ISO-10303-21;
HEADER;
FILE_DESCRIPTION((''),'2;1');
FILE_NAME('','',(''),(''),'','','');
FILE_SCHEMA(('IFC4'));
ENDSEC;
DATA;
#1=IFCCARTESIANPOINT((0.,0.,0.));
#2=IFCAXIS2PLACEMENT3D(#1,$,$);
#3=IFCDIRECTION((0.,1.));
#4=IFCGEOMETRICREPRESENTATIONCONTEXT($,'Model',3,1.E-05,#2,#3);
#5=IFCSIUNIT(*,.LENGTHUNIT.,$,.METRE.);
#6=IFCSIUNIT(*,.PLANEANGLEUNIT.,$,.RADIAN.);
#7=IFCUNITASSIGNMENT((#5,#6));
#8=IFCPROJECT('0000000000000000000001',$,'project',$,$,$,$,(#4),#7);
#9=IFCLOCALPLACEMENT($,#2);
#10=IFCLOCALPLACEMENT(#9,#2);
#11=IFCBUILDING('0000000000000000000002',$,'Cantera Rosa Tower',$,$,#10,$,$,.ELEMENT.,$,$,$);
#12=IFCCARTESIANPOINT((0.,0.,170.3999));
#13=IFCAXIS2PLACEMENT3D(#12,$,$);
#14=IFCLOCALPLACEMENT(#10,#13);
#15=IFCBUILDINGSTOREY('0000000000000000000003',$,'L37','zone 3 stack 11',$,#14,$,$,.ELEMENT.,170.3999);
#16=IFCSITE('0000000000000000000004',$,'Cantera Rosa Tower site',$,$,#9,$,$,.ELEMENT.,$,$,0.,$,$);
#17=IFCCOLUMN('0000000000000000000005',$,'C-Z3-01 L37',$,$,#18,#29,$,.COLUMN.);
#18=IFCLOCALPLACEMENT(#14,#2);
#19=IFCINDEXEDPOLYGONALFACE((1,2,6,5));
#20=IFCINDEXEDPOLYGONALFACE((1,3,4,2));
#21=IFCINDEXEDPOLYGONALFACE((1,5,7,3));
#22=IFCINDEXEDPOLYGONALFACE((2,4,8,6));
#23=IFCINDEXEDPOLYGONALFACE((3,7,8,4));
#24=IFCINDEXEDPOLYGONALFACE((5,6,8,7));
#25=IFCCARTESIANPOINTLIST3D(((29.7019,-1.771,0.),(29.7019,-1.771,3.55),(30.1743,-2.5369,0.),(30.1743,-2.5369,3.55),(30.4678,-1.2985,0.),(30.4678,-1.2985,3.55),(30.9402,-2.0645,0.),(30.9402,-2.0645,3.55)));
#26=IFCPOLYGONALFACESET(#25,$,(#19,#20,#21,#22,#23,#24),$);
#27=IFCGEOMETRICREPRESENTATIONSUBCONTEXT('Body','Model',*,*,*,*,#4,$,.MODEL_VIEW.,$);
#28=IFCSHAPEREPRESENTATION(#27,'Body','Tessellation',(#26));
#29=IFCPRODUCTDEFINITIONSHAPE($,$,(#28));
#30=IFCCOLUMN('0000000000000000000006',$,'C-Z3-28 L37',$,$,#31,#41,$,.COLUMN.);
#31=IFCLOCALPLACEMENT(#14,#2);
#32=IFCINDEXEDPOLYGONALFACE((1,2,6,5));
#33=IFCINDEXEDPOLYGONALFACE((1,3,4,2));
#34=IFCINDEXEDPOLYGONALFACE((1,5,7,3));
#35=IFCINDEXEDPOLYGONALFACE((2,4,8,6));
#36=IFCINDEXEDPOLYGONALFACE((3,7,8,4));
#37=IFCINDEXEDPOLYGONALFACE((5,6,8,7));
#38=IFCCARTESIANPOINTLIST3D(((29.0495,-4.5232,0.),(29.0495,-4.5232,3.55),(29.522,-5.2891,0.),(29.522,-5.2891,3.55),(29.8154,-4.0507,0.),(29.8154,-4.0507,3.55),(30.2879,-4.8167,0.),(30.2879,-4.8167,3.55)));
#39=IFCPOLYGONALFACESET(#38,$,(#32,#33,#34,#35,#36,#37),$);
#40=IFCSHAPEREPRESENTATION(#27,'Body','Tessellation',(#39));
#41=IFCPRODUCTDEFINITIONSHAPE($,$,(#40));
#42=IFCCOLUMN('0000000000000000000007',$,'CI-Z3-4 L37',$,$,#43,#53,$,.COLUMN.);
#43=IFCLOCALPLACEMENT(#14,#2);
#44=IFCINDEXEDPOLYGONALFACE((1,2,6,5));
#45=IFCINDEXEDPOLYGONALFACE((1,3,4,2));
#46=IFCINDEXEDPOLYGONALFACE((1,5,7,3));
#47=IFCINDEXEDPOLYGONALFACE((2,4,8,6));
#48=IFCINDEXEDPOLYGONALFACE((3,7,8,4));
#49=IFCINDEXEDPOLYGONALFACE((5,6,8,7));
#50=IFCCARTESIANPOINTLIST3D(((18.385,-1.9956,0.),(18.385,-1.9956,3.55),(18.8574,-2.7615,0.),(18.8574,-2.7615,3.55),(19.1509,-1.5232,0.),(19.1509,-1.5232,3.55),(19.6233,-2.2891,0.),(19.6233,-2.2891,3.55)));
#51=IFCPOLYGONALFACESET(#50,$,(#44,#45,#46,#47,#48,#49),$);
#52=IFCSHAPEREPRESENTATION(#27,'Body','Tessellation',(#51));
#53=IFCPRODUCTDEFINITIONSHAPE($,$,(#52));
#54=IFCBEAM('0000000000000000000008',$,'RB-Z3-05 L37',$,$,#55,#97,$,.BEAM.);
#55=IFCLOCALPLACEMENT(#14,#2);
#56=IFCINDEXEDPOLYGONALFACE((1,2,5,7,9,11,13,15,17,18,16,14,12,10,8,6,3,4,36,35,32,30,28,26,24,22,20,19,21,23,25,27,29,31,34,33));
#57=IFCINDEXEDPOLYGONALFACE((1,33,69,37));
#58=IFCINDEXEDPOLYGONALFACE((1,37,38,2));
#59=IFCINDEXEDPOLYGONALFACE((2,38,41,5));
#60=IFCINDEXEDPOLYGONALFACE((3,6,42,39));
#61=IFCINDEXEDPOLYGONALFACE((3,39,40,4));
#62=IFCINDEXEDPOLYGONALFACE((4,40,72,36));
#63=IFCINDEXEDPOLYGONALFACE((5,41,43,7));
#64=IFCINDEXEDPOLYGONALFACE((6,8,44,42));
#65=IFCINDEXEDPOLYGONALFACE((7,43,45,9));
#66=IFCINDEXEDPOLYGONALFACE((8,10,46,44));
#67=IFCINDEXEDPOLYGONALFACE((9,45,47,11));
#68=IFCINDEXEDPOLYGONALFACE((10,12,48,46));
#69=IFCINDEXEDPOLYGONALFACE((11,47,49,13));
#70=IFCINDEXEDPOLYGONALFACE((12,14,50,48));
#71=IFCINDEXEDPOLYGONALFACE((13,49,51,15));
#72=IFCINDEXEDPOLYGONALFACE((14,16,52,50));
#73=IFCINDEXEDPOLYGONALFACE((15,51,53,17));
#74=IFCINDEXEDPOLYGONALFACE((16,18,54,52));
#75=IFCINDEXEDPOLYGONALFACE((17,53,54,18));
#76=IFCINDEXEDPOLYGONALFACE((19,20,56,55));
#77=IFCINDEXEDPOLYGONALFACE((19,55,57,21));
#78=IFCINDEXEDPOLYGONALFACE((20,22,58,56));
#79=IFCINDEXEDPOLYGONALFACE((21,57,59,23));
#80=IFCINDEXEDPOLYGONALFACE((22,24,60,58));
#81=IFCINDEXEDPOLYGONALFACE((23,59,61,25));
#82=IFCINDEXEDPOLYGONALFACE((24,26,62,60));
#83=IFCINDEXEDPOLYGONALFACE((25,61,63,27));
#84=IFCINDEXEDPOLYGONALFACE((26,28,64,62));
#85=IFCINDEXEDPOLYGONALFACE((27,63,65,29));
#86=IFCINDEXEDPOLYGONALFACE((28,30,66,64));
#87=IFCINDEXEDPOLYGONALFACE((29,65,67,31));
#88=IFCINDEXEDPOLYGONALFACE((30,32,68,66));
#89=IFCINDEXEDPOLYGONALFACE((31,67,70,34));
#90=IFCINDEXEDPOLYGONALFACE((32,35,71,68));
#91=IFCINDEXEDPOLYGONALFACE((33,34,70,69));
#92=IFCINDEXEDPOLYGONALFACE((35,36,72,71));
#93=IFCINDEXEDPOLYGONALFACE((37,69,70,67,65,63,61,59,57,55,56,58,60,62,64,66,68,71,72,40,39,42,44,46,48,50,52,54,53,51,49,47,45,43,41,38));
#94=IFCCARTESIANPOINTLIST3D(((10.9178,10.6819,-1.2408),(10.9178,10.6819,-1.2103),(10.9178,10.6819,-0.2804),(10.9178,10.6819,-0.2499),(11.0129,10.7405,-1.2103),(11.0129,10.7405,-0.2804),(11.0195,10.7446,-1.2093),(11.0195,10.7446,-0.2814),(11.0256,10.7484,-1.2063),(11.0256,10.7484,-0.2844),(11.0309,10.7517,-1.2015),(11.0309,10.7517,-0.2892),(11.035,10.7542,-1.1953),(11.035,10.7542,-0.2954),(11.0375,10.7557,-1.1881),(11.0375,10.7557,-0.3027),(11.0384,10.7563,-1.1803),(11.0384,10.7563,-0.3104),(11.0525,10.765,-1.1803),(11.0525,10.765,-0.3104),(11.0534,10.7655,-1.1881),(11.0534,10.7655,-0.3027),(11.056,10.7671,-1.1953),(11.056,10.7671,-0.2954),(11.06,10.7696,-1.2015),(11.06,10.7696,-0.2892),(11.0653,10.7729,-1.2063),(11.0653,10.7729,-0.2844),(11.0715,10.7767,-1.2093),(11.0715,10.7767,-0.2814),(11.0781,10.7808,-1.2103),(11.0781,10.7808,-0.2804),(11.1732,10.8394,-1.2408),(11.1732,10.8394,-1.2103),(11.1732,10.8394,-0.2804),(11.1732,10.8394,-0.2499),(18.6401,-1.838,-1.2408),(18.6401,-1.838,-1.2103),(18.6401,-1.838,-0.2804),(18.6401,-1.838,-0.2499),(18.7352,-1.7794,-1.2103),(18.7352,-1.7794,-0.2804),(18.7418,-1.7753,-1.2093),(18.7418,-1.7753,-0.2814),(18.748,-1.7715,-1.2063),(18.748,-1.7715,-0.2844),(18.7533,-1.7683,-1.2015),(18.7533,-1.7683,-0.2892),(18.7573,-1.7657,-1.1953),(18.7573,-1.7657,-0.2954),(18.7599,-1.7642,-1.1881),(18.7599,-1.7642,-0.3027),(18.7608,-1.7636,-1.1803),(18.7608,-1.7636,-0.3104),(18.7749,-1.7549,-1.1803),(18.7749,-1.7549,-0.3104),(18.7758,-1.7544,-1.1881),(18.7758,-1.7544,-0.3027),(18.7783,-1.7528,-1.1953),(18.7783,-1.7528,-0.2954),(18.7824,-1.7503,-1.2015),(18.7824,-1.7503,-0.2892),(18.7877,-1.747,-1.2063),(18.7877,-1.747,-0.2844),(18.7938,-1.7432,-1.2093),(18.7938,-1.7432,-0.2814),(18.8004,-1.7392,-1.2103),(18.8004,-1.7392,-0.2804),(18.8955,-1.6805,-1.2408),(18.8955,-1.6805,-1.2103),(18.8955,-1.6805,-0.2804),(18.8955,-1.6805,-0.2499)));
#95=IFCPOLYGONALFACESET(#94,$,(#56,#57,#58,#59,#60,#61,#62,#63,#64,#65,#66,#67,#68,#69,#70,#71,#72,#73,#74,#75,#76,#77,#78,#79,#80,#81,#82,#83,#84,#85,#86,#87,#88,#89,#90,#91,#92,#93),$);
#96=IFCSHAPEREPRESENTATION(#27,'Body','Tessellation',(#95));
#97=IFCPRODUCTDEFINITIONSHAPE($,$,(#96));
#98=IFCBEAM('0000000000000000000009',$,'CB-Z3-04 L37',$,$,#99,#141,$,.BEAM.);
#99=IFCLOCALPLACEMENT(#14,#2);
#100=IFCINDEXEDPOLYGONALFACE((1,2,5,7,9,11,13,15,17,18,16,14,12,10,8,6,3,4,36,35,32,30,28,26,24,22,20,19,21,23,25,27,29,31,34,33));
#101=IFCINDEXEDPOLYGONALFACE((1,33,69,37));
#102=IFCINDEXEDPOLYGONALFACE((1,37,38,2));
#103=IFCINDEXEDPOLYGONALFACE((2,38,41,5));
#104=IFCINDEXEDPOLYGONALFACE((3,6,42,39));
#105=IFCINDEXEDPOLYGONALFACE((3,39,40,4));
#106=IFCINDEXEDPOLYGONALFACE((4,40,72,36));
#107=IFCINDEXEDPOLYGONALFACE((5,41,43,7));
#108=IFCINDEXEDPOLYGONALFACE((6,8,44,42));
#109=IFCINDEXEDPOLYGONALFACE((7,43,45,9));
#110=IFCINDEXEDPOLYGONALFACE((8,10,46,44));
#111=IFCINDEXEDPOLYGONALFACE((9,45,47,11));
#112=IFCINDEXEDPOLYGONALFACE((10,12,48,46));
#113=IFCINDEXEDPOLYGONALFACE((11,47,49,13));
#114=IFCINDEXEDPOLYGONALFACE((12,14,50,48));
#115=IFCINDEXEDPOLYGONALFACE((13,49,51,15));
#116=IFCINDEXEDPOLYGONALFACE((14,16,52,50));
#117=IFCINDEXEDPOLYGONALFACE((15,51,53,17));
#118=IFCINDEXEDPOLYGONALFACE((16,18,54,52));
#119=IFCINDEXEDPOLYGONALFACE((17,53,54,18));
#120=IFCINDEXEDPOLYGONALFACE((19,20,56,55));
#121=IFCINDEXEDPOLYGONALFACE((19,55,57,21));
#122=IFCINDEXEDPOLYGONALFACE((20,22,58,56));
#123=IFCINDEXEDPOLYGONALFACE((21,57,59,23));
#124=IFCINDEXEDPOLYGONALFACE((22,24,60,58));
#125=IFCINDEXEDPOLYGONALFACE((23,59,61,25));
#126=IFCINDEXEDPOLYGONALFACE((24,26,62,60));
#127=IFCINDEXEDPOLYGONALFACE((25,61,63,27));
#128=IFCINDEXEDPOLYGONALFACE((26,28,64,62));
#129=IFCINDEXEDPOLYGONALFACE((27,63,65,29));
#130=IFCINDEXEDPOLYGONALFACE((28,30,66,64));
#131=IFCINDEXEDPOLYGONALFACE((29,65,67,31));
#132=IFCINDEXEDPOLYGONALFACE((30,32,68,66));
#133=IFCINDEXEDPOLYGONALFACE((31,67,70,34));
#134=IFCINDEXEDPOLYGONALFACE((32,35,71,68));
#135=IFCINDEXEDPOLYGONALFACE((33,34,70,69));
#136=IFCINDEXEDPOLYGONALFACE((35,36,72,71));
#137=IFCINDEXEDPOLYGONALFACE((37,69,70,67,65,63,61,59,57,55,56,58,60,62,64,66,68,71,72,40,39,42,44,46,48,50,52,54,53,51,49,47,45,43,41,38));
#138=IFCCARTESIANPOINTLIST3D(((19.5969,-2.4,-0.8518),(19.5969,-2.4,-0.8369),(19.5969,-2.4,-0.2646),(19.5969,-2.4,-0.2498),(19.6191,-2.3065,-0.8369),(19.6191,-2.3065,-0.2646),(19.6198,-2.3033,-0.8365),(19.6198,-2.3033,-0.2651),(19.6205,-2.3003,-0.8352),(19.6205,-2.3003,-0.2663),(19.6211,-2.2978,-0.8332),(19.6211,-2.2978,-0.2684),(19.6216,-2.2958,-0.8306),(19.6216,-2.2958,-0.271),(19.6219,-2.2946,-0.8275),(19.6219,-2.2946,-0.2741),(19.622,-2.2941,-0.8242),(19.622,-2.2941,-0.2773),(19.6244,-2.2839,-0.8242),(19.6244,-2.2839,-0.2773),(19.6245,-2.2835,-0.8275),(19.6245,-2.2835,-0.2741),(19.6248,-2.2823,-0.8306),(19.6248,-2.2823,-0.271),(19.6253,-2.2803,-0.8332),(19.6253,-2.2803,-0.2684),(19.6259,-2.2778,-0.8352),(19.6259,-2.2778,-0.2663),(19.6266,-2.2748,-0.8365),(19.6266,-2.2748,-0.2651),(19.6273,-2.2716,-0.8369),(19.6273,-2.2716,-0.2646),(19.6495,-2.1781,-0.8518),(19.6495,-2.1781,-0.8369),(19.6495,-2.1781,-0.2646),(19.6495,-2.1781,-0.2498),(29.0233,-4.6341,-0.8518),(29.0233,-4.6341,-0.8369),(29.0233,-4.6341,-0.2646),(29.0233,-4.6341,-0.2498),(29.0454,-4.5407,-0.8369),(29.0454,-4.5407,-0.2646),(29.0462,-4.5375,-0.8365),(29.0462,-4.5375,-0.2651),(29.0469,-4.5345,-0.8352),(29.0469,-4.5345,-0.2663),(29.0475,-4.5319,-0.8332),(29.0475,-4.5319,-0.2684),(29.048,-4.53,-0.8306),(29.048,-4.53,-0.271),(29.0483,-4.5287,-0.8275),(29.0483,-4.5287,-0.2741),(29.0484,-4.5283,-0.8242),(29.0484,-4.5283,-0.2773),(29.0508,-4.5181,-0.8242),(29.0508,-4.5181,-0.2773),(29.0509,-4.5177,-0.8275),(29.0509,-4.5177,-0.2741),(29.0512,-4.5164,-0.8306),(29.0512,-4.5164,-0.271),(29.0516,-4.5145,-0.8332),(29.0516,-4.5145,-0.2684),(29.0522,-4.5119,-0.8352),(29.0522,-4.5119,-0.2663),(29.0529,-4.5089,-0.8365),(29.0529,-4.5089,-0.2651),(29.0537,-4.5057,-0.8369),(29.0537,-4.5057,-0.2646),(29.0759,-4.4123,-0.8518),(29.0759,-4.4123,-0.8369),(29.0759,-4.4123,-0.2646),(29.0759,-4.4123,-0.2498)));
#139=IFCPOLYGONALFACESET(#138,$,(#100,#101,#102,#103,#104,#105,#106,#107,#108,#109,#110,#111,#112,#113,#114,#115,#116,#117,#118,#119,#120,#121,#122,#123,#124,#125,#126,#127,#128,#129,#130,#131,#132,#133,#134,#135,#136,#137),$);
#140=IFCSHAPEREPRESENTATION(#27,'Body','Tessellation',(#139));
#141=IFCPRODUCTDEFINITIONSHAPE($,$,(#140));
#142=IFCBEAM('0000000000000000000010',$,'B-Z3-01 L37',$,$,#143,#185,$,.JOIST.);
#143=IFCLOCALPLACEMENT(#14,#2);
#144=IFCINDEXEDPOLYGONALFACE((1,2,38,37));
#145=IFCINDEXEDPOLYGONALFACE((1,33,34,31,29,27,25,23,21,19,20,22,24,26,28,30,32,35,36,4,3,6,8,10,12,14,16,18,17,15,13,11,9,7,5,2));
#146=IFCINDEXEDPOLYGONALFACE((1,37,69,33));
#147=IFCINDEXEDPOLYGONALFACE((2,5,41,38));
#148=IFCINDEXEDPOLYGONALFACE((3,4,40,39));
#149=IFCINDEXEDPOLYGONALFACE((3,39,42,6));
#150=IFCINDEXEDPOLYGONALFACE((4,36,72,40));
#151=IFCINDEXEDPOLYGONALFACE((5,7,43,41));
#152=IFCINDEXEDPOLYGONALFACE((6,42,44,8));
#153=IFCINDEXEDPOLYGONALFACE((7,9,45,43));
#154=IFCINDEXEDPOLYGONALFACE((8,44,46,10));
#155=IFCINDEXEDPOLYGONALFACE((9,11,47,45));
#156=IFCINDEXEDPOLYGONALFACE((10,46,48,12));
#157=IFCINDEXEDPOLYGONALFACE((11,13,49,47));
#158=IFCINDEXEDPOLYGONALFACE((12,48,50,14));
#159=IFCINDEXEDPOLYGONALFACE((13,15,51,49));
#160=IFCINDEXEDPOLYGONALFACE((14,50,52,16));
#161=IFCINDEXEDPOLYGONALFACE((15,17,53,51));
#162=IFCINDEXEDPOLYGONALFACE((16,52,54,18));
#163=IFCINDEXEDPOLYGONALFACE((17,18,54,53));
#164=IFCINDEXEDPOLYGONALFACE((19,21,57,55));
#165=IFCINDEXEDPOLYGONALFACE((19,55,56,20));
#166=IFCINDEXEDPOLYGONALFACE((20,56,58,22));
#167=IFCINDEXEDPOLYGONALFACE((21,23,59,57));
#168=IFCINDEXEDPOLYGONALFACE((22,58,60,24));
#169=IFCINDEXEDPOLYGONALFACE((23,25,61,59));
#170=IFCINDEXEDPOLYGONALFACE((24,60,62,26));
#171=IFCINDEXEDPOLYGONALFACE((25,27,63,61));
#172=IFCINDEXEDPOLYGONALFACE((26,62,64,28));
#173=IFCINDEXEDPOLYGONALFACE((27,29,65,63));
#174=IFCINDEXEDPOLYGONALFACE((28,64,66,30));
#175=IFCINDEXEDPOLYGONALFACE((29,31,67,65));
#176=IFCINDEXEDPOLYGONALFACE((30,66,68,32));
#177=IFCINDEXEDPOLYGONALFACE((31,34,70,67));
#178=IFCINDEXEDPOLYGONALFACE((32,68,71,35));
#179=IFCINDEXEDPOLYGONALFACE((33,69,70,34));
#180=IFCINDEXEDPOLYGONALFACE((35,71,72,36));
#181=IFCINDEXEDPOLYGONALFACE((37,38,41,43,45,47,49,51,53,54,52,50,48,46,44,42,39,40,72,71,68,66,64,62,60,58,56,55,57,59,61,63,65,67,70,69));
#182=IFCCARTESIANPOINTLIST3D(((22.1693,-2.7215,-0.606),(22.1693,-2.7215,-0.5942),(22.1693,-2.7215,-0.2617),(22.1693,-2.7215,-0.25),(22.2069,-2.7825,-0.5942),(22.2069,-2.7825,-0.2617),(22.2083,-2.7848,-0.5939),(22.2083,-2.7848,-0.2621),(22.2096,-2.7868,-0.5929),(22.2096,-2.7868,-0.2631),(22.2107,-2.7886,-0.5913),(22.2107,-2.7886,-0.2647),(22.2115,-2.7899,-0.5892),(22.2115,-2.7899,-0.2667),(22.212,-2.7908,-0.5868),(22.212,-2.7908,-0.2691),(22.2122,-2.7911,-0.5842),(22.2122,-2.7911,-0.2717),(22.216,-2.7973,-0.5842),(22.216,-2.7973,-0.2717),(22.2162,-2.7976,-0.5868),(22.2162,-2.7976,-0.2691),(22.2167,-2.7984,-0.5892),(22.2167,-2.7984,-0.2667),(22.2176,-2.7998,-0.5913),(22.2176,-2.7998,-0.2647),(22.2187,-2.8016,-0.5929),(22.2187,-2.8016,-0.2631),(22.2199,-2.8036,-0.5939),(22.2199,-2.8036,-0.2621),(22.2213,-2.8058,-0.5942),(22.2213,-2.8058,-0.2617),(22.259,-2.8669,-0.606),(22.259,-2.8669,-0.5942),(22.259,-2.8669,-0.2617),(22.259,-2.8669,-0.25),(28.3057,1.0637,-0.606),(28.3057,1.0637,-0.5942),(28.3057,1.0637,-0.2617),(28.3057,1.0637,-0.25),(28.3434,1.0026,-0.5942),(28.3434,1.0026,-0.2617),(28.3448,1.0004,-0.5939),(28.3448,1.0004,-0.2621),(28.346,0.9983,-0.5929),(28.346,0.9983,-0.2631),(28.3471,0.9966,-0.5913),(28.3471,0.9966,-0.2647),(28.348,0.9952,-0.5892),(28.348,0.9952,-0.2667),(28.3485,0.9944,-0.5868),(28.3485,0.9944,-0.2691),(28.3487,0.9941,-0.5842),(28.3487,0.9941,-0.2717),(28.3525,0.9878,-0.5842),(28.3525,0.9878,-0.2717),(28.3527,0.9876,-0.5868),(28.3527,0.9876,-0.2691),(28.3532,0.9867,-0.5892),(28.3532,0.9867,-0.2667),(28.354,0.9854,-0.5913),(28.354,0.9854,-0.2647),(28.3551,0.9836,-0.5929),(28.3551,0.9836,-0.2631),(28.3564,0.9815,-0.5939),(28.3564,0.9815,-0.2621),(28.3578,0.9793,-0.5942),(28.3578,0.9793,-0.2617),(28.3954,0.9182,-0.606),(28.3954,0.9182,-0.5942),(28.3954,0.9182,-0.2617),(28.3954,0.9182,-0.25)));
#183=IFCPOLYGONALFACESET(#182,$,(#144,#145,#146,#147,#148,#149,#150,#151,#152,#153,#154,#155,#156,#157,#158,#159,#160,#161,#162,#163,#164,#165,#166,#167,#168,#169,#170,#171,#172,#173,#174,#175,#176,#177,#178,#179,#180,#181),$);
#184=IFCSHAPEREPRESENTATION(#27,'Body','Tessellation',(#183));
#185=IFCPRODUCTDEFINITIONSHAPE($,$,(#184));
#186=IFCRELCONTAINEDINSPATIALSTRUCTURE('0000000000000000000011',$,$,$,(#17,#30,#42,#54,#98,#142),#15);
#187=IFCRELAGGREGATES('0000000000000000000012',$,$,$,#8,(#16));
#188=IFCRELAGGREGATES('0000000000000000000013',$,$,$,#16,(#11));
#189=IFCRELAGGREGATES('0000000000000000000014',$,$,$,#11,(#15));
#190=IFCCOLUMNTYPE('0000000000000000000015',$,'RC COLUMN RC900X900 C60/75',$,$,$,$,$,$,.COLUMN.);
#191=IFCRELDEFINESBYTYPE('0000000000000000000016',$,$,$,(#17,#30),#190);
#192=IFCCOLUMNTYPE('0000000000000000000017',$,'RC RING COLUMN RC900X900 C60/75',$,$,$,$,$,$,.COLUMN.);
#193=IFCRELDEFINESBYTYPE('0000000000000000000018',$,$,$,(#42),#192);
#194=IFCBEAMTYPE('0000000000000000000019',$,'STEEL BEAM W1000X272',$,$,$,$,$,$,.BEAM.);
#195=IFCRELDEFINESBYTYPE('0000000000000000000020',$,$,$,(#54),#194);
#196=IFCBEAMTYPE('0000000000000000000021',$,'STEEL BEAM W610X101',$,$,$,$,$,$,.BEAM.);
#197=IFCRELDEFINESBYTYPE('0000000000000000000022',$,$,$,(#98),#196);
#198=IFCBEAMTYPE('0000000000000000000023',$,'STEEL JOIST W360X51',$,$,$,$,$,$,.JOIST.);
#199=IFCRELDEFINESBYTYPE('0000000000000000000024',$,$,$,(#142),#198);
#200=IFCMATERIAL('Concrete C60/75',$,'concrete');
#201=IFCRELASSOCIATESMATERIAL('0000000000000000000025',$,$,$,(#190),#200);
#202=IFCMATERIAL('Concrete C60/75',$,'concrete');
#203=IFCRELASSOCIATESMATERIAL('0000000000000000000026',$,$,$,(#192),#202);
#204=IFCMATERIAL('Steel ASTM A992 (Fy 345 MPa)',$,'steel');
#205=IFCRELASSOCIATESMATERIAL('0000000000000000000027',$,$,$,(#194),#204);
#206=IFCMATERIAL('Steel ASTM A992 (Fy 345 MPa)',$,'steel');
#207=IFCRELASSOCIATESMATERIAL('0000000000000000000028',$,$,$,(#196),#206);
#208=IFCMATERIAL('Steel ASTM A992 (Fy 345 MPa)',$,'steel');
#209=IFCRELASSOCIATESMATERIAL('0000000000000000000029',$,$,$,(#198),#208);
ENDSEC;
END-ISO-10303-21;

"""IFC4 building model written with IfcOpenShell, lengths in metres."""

from ifc_helpers import new_model, si_unit, direction, frame, origin, origin_2d, place, context, subcontext, project, spatial, rectangle, i_section, extrude, material, material_profile, profile_set, type_object, element, save


model = new_model("IFC4")

# Units and contexts
model_context = context("Model", 3, precision=1e-05, world=origin(), true_north=direction((0.0, 1.0)))
body_context = subcontext(model_context, "Body", "Model", "MODEL_VIEW")
ifc_project = project(units=[si_unit("LENGTHUNIT", "METRE"), si_unit("PLANEANGLEUNIT", "RADIAN")], contexts=[model_context])

# Site, building, storey
site_placement = place(None, origin())
site = spatial("IfcSite", under=ifc_project, at=site_placement, Name="Cantera Rosa Tower site", CompositionType="ELEMENT", RefElevation=0.0)
building_placement = place(site_placement, origin())
building = spatial("IfcBuilding", under=site, at=building_placement, Name="Cantera Rosa Tower", CompositionType="ELEMENT")
storey_placement = place(building_placement, frame((0.0, 0.0, 170.3999)))
storey = spatial("IfcBuildingStorey", under=building, at=storey_placement, Name="L37", Description="zone 3 stack 11", CompositionType="ELEMENT", Elevation=170.3999)

# Columns
ifc_material_1 = material(Name="Concrete C60/75", Category="concrete")
ifc_material_profile_1 = material_profile(ifc_material_1, rectangle(XDim=0.8999, YDim=0.8999, at=origin_2d()), Name="RC COLUMN RC900X900 C60/75")
ifc_profile_set_1 = profile_set([ifc_material_profile_1], Name="Concrete C60/75")
column_type_1 = type_object("IfcColumnType", Name="RC COLUMN RC900X900 C60/75", PredefinedType="COLUMN", material=ifc_profile_set_1)
for number, where, z_axis, x_axis, name in (
    (1, (30.321, -1.9177, 0.0), (0.0, 0.0, 1.0), (0.851117, 0.524977, 0.0), "C-Z3-01 L37"),
    (2, (29.6687, -4.6699, 0.0), (0.0, 0.0, 1.0), (0.851117, 0.524977, 0.0), "C-Z3-28 L37"),
):
    element("IfcColumn", number, at=place(storey_placement, frame(where, z_axis=z_axis, x_axis=x_axis)), inside=storey, type_object=column_type_1, Name=name, PredefinedType="COLUMN", context=body_context, shape_type="SweptSolid", body=[
        extrude(rectangle(XDim=0.8999, YDim=0.8999, at=origin_2d()), origin(), (0.0, 0.0, 1.0), 3.55),
    ])
ifc_material_2 = material(Name="Concrete C60/75", Category="concrete")
ifc_material_profile_2 = material_profile(ifc_material_2, rectangle(XDim=0.8999, YDim=0.8999, at=origin_2d()), Name="RC RING COLUMN RC900X900 C60/75")
ifc_profile_set_2 = profile_set([ifc_material_profile_2], Name="Concrete C60/75")
column_type_2 = type_object("IfcColumnType", Name="RC RING COLUMN RC900X900 C60/75", PredefinedType="COLUMN", material=ifc_profile_set_2)
column_placement = place(storey_placement, frame((19.0042, -2.1423, 0.0), z_axis=(0.0, 0.0, 1.0), x_axis=(0.851117, 0.524977, 0.0)))
element("IfcColumn", 3, at=column_placement, inside=storey, type_object=column_type_2, Name="CI-Z3-4 L37", PredefinedType="COLUMN", context=body_context, shape_type="SweptSolid", body=[
    extrude(rectangle(XDim=0.8999, YDim=0.8999, at=origin_2d()), origin(), (0.0, 0.0, 1.0), 3.55),
])

# Beams
ifc_material_3 = material(Name="Steel ASTM A992 (Fy 345 MPa)", Category="steel")
ifc_material_profile_3 = material_profile(ifc_material_3, i_section(OverallWidth=0.3, OverallDepth=0.991, WebThickness=0.0166, FlangeThickness=0.0305, FilletRadius=0.03, at=origin_2d()), Name="W1000X272")
ifc_profile_set_3 = profile_set([ifc_material_profile_3], Name="Steel ASTM A992 (Fy 345 MPa)")
beam_type_1 = type_object("IfcBeamType", Name="STEEL BEAM W1000X272", PredefinedType="BEAM", material=ifc_profile_set_3)
beam_1_placement = place(storey_placement, frame((18.7678, -1.7593, -0.7454), z_axis=(-0.524974, 0.851118, 0.0), x_axis=(-0.851118, -0.524974, 0.0)))
element("IfcBeam", 4, at=beam_1_placement, inside=storey, type_object=beam_type_1, Name="RB-Z3-05 L37", PredefinedType="BEAM", context=body_context, shape_type="SweptSolid", body=[
    extrude(i_section(OverallWidth=0.3, OverallDepth=0.991, WebThickness=0.0166, FlangeThickness=0.0305, FilletRadius=0.03, at=origin_2d()), origin(), (0.0, 0.0, 1.0), 14.71),
])
ifc_material_4 = material(Name="Steel ASTM A992 (Fy 345 MPa)", Category="steel")
ifc_material_profile_4 = material_profile(ifc_material_4, i_section(OverallWidth=0.228, OverallDepth=0.6021, WebThickness=0.0105, FlangeThickness=0.0149, FilletRadius=0.0127, at=origin_2d()), Name="W610X101")
ifc_profile_set_4 = profile_set([ifc_material_profile_4], Name="Steel ASTM A992 (Fy 345 MPa)")
beam_type_2 = type_object("IfcBeamType", Name="STEEL BEAM W610X101", PredefinedType="BEAM", material=ifc_profile_set_4)
beam_2_placement = place(storey_placement, frame((29.0496, -4.5232, -0.5508), z_axis=(-0.973043, 0.230622, 0.0), x_axis=(-0.230622, -0.973043, 0.0)))
element("IfcBeam", 5, at=beam_2_placement, inside=storey, type_object=beam_type_2, Name="CB-Z3-04 L37", PredefinedType="BEAM", context=body_context, shape_type="SweptSolid", body=[
    extrude(i_section(OverallWidth=0.228, OverallDepth=0.6021, WebThickness=0.0105, FlangeThickness=0.0149, FilletRadius=0.0127, at=origin_2d()), origin(), (0.0, 0.0, 1.0), 9.6875),
])
ifc_material_5 = material(Name="Steel ASTM A992 (Fy 345 MPa)", Category="steel")
ifc_material_profile_5 = material_profile(ifc_material_5, i_section(OverallWidth=0.1709, OverallDepth=0.356, WebThickness=0.0073, FlangeThickness=0.0117, FilletRadius=0.01, at=origin_2d()), Name="W360X51")
ifc_profile_set_5 = profile_set([ifc_material_profile_5], Name="Steel ASTM A992 (Fy 345 MPa)")
beam_type_3 = type_object("IfcBeamType", Name="STEEL JOIST W360X51", PredefinedType="JOIST", material=ifc_profile_set_5)
beam_3_placement = place(storey_placement, frame((28.3506, 0.991, -0.428), z_axis=(-0.851109, -0.524989, 0.0), x_axis=(0.524989, -0.851109, 0.0)))
element("IfcBeam", 6, at=beam_3_placement, inside=storey, type_object=beam_type_3, Name="B-Z3-01 L37", PredefinedType="JOIST", context=body_context, shape_type="SweptSolid", body=[
    extrude(i_section(OverallWidth=0.1709, OverallDepth=0.356, WebThickness=0.0073, FlangeThickness=0.0117, FilletRadius=0.01, at=origin_2d()), origin(), (0.0, 0.0, 1.0), 7.21),
])

save(model, "model.ifc")
